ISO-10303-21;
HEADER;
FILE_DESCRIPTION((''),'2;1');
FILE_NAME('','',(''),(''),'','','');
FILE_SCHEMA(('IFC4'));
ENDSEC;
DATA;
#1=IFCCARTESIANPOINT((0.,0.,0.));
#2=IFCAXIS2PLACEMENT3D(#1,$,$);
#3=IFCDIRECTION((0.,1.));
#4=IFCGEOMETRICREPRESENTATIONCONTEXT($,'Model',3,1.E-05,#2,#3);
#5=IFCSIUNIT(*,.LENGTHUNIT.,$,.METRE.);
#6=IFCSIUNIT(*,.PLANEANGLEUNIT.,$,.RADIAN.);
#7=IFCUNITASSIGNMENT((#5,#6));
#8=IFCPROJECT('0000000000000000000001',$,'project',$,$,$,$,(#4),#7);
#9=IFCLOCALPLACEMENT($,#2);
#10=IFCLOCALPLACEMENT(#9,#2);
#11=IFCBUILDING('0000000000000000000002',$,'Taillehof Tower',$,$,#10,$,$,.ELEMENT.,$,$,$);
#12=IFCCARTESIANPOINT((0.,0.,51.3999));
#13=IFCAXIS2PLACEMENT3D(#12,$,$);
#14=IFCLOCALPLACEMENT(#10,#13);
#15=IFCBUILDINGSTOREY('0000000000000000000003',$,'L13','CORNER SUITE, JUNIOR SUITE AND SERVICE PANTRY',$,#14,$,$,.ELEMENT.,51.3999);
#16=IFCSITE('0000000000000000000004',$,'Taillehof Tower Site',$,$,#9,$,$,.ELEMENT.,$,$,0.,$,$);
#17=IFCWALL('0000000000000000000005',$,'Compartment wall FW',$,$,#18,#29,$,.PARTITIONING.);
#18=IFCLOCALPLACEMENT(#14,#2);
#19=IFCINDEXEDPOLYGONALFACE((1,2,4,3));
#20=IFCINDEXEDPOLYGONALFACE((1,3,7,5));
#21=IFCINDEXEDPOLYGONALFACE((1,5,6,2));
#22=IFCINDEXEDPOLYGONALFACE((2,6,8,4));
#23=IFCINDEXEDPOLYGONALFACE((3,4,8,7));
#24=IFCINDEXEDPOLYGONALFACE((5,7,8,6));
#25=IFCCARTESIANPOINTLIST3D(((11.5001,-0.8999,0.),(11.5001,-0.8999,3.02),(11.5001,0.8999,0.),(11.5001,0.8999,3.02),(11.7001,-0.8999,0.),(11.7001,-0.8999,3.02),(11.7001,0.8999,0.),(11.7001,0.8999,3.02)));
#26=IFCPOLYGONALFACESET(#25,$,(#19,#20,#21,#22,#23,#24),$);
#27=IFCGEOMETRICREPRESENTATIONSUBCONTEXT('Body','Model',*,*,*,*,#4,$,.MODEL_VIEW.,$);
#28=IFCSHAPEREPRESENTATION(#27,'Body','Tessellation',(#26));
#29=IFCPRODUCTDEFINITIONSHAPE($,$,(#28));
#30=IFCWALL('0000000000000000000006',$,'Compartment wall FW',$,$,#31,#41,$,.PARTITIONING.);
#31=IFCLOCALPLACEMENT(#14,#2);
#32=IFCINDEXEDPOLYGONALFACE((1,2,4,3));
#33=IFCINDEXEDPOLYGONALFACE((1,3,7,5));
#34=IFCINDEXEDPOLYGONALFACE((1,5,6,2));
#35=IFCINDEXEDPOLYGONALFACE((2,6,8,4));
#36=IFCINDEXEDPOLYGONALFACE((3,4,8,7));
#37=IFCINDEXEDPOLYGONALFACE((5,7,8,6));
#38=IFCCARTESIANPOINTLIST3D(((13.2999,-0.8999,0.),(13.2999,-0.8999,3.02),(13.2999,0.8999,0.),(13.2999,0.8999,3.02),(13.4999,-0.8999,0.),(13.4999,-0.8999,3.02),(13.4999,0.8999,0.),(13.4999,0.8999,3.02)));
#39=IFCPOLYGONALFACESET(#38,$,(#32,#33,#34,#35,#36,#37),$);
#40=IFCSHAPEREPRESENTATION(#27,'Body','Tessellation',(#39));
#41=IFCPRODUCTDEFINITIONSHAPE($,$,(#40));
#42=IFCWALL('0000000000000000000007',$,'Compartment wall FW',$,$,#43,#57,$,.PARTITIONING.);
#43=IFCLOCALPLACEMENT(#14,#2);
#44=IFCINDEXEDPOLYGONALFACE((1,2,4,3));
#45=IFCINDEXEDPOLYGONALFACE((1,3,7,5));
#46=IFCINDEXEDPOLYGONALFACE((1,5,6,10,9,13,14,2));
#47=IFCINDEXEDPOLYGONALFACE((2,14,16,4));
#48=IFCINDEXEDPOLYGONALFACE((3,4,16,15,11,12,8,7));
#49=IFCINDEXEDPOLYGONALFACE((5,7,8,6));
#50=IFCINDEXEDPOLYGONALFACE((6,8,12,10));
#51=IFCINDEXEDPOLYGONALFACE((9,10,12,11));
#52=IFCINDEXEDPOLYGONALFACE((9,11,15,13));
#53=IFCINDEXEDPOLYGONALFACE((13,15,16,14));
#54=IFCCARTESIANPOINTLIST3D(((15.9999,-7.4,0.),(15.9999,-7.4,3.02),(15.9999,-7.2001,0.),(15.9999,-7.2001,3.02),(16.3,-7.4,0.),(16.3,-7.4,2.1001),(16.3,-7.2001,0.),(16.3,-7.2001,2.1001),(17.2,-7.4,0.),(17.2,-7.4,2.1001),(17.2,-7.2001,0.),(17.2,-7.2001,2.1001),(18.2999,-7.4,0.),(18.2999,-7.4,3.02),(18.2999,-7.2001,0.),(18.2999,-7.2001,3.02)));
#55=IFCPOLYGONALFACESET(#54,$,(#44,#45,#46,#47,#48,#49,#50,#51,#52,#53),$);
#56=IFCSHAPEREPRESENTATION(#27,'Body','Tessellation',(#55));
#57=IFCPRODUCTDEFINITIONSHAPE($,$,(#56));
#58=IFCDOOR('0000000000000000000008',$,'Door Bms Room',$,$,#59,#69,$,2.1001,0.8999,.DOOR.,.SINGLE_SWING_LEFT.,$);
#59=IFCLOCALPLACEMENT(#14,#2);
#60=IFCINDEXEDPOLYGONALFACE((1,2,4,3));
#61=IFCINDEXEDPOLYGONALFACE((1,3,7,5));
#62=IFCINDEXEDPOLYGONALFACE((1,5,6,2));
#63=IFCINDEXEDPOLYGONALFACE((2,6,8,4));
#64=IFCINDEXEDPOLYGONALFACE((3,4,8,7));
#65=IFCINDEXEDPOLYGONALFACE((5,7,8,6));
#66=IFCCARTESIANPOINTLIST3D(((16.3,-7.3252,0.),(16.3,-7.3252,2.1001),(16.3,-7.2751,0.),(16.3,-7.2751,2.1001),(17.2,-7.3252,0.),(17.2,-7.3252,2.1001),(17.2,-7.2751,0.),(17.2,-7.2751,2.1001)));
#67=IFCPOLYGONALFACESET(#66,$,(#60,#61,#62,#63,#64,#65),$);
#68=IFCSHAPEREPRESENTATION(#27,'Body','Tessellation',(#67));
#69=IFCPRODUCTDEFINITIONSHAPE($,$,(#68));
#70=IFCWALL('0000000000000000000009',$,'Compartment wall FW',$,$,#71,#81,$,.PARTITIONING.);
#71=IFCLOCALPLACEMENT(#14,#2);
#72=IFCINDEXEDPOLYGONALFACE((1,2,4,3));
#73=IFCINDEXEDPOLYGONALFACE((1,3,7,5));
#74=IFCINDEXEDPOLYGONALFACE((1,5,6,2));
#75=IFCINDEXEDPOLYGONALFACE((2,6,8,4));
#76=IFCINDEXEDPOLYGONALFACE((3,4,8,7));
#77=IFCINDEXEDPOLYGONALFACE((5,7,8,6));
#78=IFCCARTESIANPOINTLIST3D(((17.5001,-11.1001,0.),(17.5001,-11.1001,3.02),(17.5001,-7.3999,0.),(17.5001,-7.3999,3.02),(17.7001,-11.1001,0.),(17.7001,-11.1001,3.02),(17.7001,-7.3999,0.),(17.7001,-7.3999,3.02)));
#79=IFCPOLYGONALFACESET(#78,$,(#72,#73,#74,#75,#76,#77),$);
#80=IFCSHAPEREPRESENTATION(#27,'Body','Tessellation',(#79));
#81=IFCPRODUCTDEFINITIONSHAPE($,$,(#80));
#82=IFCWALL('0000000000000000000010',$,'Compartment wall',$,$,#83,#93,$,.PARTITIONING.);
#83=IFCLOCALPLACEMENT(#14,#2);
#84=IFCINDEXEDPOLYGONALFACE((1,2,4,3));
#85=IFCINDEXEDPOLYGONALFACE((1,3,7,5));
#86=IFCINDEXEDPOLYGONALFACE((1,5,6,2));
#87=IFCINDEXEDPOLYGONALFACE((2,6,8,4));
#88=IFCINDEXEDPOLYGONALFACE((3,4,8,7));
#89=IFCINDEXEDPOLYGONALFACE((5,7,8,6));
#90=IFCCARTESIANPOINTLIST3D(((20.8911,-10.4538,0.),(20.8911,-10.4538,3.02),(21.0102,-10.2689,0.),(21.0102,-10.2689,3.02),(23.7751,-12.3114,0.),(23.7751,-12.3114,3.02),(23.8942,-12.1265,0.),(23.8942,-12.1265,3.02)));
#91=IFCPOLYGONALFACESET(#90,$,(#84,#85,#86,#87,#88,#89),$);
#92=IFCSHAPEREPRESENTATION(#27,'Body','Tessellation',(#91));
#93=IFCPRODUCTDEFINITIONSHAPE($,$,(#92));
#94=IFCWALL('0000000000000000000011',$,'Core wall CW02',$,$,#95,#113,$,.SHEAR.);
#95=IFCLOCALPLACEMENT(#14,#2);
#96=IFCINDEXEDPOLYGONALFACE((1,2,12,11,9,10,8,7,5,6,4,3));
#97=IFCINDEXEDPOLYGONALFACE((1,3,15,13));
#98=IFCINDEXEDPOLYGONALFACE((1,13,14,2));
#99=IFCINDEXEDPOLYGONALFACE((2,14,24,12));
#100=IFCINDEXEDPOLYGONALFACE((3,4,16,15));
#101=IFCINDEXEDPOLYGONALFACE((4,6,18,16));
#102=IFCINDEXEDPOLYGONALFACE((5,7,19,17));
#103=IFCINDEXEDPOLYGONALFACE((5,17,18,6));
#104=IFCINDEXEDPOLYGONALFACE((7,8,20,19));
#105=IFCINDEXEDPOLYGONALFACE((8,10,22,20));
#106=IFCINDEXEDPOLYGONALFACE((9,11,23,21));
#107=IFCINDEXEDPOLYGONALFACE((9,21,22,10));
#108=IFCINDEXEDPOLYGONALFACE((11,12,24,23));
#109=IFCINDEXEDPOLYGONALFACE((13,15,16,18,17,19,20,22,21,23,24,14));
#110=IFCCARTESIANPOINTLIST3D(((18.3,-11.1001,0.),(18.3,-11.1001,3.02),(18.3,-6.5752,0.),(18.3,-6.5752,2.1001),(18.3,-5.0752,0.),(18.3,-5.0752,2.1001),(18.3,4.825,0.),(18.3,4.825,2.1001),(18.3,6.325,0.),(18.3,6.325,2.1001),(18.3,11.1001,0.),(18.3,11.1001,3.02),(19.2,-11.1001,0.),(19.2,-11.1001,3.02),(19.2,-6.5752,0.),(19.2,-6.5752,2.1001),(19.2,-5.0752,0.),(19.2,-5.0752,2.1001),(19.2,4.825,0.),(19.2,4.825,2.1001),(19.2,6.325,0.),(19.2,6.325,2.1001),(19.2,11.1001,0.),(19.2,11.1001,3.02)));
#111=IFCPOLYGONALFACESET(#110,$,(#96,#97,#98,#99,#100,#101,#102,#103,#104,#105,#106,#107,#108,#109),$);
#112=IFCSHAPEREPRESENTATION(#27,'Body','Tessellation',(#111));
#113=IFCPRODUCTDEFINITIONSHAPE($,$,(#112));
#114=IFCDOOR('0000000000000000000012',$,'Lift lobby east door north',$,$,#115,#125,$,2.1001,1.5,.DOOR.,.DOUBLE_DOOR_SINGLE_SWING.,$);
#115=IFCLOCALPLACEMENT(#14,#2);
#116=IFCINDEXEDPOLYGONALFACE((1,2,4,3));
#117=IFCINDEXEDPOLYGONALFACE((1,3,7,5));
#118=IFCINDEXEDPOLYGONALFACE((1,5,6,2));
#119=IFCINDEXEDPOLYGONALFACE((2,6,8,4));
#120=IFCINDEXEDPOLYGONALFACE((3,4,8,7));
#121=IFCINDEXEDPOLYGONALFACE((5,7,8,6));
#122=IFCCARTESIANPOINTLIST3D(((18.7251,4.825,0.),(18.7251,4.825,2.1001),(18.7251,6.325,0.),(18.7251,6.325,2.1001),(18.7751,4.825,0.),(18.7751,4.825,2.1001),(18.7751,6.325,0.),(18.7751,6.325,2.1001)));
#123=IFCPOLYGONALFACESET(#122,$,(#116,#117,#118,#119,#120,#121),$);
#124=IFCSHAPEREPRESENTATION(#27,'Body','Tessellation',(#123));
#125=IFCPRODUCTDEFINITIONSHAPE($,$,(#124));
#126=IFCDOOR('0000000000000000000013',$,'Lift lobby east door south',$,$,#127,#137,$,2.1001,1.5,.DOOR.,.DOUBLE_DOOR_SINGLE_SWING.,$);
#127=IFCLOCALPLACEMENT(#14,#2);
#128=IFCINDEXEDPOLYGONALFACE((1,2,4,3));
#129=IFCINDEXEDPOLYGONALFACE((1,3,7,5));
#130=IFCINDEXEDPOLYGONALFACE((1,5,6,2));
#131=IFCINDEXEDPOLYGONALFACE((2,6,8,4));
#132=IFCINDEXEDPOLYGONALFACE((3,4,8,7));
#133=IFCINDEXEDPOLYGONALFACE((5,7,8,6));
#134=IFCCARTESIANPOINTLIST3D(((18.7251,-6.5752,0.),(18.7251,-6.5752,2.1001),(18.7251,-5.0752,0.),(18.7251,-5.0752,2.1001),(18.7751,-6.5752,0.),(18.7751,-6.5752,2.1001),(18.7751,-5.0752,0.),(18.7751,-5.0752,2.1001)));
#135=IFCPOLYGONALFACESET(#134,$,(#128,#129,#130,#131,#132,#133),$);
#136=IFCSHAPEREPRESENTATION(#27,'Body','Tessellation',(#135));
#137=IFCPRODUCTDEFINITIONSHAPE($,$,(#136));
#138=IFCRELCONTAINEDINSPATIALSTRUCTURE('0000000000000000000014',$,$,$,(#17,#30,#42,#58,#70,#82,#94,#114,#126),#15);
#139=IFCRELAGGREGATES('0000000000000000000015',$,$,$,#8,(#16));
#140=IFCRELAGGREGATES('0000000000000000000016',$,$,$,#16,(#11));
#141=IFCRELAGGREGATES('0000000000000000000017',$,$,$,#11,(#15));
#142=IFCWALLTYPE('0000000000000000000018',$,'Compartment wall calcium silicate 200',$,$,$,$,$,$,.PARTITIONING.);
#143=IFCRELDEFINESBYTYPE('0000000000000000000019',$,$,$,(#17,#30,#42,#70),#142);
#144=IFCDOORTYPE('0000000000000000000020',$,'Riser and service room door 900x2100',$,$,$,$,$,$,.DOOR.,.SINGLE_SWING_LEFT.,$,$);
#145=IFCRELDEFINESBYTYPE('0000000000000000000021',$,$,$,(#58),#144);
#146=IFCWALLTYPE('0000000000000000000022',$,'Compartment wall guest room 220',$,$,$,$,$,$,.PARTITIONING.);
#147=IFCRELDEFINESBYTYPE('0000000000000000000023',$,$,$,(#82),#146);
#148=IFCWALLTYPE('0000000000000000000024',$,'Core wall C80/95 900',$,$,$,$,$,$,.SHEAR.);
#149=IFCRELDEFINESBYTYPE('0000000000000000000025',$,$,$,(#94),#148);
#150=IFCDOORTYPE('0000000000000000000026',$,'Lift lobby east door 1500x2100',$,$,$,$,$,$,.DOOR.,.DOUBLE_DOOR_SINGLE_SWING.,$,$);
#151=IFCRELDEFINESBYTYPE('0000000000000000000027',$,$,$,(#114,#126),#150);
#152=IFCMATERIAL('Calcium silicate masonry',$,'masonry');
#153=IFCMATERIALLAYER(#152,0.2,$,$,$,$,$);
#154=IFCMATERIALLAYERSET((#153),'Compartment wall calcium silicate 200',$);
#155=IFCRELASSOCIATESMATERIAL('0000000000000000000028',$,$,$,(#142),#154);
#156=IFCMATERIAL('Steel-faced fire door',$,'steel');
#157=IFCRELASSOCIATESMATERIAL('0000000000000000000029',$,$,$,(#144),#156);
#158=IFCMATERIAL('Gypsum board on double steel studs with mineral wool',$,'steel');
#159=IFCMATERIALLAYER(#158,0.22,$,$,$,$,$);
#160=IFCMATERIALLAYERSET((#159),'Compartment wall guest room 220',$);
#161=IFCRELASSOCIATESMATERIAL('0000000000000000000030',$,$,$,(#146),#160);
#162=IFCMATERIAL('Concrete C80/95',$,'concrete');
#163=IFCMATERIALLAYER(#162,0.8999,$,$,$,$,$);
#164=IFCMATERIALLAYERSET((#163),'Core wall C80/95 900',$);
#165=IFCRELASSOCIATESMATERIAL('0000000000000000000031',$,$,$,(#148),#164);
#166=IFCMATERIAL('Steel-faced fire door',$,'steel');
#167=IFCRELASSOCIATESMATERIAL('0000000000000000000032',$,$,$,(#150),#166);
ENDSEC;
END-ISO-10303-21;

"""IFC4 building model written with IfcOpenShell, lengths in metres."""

from ifc_helpers import new_model, si_unit, direction, frame, frame_2d, origin, place, context, subcontext, project, spatial, rectangle, extrude, material, layer, layer_set, type_object, element, fill, save


model = new_model("IFC4")

# Units and contexts
model_context = context("Model", 3, precision=1e-05, world=origin(), true_north=direction((0.0, 1.0)))
body_context = subcontext(model_context, "Body", "Model", "MODEL_VIEW")
ifc_project = project(units=[si_unit("LENGTHUNIT", "METRE"), si_unit("PLANEANGLEUNIT", "RADIAN")], contexts=[model_context])

# Site, building, storey
site_placement = place(None, origin())
site = spatial("IfcSite", under=ifc_project, at=site_placement, Name="Taillehof Tower Site", CompositionType="ELEMENT", RefElevation=0.0)
building_placement = place(site_placement, origin())
building = spatial("IfcBuilding", under=site, at=building_placement, Name="Taillehof Tower", CompositionType="ELEMENT")
storey_placement = place(building_placement, frame((0.0, 0.0, 51.3999)))
storey = spatial("IfcBuildingStorey", under=building, at=storey_placement, Name="L13", Description="CORNER SUITE, JUNIOR SUITE AND SERVICE PANTRY", CompositionType="ELEMENT", Elevation=51.3999)

# Walls
ifc_material_1 = material(Name="Calcium silicate masonry", Category="masonry")
ifc_layer_1 = layer(ifc_material_1, 0.2)
ifc_layer_set_1 = layer_set([ifc_layer_1], Name="Compartment wall calcium silicate 200")
wall_type_1 = type_object("IfcWallType", Name="Compartment wall calcium silicate 200", PredefinedType="PARTITIONING", material=ifc_layer_set_1)
for number, where, z_axis, x_axis, name in (
    (1, (11.6001, -0.8999, 0.0), (0.0, 0.0, 1.0), (0.0, 1.0, 0.0), "Compartment wall FW"),
    (2, (13.3999, -0.8999, 0.0), (0.0, 0.0, 1.0), (0.0, 1.0, 0.0), "Compartment wall FW"),
):
    element("IfcWall", number, at=place(storey_placement, frame(where, z_axis=z_axis, x_axis=x_axis)), inside=storey, type_object=wall_type_1, Name=name, PredefinedType="PARTITIONING", context=body_context, shape_type="SweptSolid", body=[
        extrude(rectangle(XDim=1.7998, YDim=0.2, at=frame_2d((0.8999, 0.0))), origin(), (0.0, 0.0, 1.0), 3.02),
    ])

# Wall, opening, door
wall_1_placement = place(storey_placement, frame((16.0, -7.3, 0.0), z_axis=(0.0, 0.0, 1.0), x_axis=(1.0, 0.0, 0.0)))
wall_1 = element("IfcWall", 3, at=wall_1_placement, inside=storey, type_object=wall_type_1, Name="Compartment wall FW", PredefinedType="PARTITIONING", context=body_context, shape_type="SweptSolid", body=[
    extrude(rectangle(XDim=2.3, YDim=0.2, at=frame_2d((1.1499, 0.0))), origin(), (0.0, 0.0, 1.0), 3.02),
])
opening_1_placement = place(wall_1_placement, frame((0.3, 0.0, 0.0)))
opening_1 = element("IfcOpeningElement", 4, at=opening_1_placement, cuts=wall_1, PredefinedType="OPENING", context=body_context, shape_type="SweptSolid", body=[
    extrude(rectangle(XDim=0.8999, YDim=2.1001, at=frame_2d((0.45, 1.05))), frame((0.0, 0.1099, 0.0), z_axis=(0.0, -1.0, 0.0), x_axis=(1.0, 0.0, 0.0)), (0.0, 0.0, 1.0), 0.22),
])
ifc_material_2 = material(Name="Steel-faced fire door", Category="steel")
door_type_1 = type_object("IfcDoorType", Name="Riser and service room door 900x2100", OperationType="SINGLE_SWING_LEFT", PredefinedType="DOOR", material=ifc_material_2)
door_1_placement = place(opening_1_placement, origin())
door_1 = element("IfcDoor", 5, at=door_1_placement, inside=storey, type_object=door_type_1, Name="Door Bms Room", OperationType="SINGLE_SWING_LEFT", OverallHeight=2.1001, OverallWidth=0.8999, PredefinedType="DOOR", context=body_context, shape_type="SweptSolid", body=[
    extrude(rectangle(XDim=0.8999, YDim=2.1001, at=frame_2d((0.45, 1.05))), frame((0.0, 0.0249, 0.0), z_axis=(0.0, -1.0, 0.0), x_axis=(1.0, 0.0, 0.0)), (0.0, 0.0, 1.0), 0.05),
])
fill(opening_1, door_1)

# Walls
wall_2_placement = place(storey_placement, frame((17.6001, -11.1001, 0.0), z_axis=(0.0, 0.0, 1.0), x_axis=(0.0, 1.0, 0.0)))
element("IfcWall", 6, at=wall_2_placement, inside=storey, type_object=wall_type_1, Name="Compartment wall FW", PredefinedType="PARTITIONING", context=body_context, shape_type="SweptSolid", body=[
    extrude(rectangle(XDim=3.7002, YDim=0.2, at=frame_2d((1.8501, 0.0))), origin(), (0.0, 0.0, 1.0), 3.02),
])
ifc_material_3 = material(Name="Gypsum board on double steel studs with mineral wool", Category="steel")
ifc_layer_2 = layer(ifc_material_3, 0.22)
ifc_layer_set_2 = layer_set([ifc_layer_2], Name="Compartment wall guest room 220")
wall_type_2 = type_object("IfcWallType", Name="Compartment wall guest room 220", PredefinedType="PARTITIONING", material=ifc_layer_set_2)
wall_3_placement = place(storey_placement, frame((23.8347, -12.219, 0.0), z_axis=(0.0, 0.0, 1.0), x_axis=(-0.840695, 0.541509, 0.0)))
element("IfcWall", 7, at=wall_3_placement, inside=storey, type_object=wall_type_2, Name="Compartment wall", PredefinedType="PARTITIONING", context=body_context, shape_type="SweptSolid", body=[
    extrude(rectangle(XDim=3.4304, YDim=0.22, at=frame_2d((1.7153, 0.0))), origin(), (0.0, 0.0, 1.0), 3.02),
])

# Wall, openings, doors
ifc_material_4 = material(Name="Concrete C80/95", Category="concrete")
ifc_layer_3 = layer(ifc_material_4, 0.8999)
ifc_layer_set_3 = layer_set([ifc_layer_3], Name="Core wall C80/95 900")
wall_type_3 = type_object("IfcWallType", Name="Core wall C80/95 900", PredefinedType="SHEAR", material=ifc_layer_set_3)
wall_4_placement = place(storey_placement, frame((18.75, -11.1001, 0.0), z_axis=(0.0, 0.0, 1.0), x_axis=(0.0, 1.0, 0.0)))
wall_4 = element("IfcWall", 8, at=wall_4_placement, inside=storey, type_object=wall_type_3, Name="Core wall CW02", PredefinedType="SHEAR", context=body_context, shape_type="SweptSolid", body=[
    extrude(rectangle(XDim=22.2002, YDim=0.8999, at=frame_2d((11.1001, 0.0))), origin(), (0.0, 0.0, 1.0), 3.02),
])
opening_2_placement = place(wall_4_placement, frame((15.925, 0.0, 0.0)))
opening_2 = element("IfcOpeningElement", 9, at=opening_2_placement, cuts=wall_4, PredefinedType="OPENING", context=body_context, shape_type="SweptSolid", body=[
    extrude(rectangle(XDim=1.5, YDim=2.1001, at=frame_2d((0.75, 1.05))), frame((0.0, 0.46, 0.0), z_axis=(0.0, -1.0, 0.0), x_axis=(1.0, 0.0, 0.0)), (0.0, 0.0, 1.0), 0.9199),
])
opening_3_placement = place(wall_4_placement, frame((4.5249, 0.0, 0.0)))
opening_3 = element("IfcOpeningElement", 10, at=opening_3_placement, cuts=wall_4, PredefinedType="OPENING", context=body_context, shape_type="SweptSolid", body=[
    extrude(rectangle(XDim=1.5, YDim=2.1001, at=frame_2d((0.75, 1.05))), frame((0.0, 0.46, 0.0), z_axis=(0.0, -1.0, 0.0), x_axis=(1.0, 0.0, 0.0)), (0.0, 0.0, 1.0), 0.9199),
])
ifc_material_5 = material(Name="Steel-faced fire door", Category="steel")
door_type_2 = type_object("IfcDoorType", Name="Lift lobby east door 1500x2100", OperationType="DOUBLE_DOOR_SINGLE_SWING", PredefinedType="DOOR", material=ifc_material_5)
door_2_placement = place(opening_2_placement, origin())
door_2 = element("IfcDoor", 11, at=door_2_placement, inside=storey, type_object=door_type_2, Name="Lift lobby east door north", OperationType="DOUBLE_DOOR_SINGLE_SWING", OverallHeight=2.1001, OverallWidth=1.5, PredefinedType="DOOR", context=body_context, shape_type="SweptSolid", body=[
    extrude(rectangle(XDim=1.5, YDim=2.1001, at=frame_2d((0.75, 1.05))), frame((0.0, 0.0249, 0.0), z_axis=(0.0, -1.0, 0.0), x_axis=(1.0, 0.0, 0.0)), (0.0, 0.0, 1.0), 0.05),
])
fill(opening_2, door_2)
door_3_placement = place(opening_3_placement, origin())
door_3 = element("IfcDoor", 12, at=door_3_placement, inside=storey, type_object=door_type_2, Name="Lift lobby east door south", OperationType="DOUBLE_DOOR_SINGLE_SWING", OverallHeight=2.1001, OverallWidth=1.5, PredefinedType="DOOR", context=body_context, shape_type="SweptSolid", body=[
    extrude(rectangle(XDim=1.5, YDim=2.1001, at=frame_2d((0.75, 1.05))), frame((0.0, 0.0249, 0.0), z_axis=(0.0, -1.0, 0.0), x_axis=(1.0, 0.0, 0.0)), (0.0, 0.0, 1.0), 0.05),
])
fill(opening_3, door_3)

save(model, "model.ifc")
